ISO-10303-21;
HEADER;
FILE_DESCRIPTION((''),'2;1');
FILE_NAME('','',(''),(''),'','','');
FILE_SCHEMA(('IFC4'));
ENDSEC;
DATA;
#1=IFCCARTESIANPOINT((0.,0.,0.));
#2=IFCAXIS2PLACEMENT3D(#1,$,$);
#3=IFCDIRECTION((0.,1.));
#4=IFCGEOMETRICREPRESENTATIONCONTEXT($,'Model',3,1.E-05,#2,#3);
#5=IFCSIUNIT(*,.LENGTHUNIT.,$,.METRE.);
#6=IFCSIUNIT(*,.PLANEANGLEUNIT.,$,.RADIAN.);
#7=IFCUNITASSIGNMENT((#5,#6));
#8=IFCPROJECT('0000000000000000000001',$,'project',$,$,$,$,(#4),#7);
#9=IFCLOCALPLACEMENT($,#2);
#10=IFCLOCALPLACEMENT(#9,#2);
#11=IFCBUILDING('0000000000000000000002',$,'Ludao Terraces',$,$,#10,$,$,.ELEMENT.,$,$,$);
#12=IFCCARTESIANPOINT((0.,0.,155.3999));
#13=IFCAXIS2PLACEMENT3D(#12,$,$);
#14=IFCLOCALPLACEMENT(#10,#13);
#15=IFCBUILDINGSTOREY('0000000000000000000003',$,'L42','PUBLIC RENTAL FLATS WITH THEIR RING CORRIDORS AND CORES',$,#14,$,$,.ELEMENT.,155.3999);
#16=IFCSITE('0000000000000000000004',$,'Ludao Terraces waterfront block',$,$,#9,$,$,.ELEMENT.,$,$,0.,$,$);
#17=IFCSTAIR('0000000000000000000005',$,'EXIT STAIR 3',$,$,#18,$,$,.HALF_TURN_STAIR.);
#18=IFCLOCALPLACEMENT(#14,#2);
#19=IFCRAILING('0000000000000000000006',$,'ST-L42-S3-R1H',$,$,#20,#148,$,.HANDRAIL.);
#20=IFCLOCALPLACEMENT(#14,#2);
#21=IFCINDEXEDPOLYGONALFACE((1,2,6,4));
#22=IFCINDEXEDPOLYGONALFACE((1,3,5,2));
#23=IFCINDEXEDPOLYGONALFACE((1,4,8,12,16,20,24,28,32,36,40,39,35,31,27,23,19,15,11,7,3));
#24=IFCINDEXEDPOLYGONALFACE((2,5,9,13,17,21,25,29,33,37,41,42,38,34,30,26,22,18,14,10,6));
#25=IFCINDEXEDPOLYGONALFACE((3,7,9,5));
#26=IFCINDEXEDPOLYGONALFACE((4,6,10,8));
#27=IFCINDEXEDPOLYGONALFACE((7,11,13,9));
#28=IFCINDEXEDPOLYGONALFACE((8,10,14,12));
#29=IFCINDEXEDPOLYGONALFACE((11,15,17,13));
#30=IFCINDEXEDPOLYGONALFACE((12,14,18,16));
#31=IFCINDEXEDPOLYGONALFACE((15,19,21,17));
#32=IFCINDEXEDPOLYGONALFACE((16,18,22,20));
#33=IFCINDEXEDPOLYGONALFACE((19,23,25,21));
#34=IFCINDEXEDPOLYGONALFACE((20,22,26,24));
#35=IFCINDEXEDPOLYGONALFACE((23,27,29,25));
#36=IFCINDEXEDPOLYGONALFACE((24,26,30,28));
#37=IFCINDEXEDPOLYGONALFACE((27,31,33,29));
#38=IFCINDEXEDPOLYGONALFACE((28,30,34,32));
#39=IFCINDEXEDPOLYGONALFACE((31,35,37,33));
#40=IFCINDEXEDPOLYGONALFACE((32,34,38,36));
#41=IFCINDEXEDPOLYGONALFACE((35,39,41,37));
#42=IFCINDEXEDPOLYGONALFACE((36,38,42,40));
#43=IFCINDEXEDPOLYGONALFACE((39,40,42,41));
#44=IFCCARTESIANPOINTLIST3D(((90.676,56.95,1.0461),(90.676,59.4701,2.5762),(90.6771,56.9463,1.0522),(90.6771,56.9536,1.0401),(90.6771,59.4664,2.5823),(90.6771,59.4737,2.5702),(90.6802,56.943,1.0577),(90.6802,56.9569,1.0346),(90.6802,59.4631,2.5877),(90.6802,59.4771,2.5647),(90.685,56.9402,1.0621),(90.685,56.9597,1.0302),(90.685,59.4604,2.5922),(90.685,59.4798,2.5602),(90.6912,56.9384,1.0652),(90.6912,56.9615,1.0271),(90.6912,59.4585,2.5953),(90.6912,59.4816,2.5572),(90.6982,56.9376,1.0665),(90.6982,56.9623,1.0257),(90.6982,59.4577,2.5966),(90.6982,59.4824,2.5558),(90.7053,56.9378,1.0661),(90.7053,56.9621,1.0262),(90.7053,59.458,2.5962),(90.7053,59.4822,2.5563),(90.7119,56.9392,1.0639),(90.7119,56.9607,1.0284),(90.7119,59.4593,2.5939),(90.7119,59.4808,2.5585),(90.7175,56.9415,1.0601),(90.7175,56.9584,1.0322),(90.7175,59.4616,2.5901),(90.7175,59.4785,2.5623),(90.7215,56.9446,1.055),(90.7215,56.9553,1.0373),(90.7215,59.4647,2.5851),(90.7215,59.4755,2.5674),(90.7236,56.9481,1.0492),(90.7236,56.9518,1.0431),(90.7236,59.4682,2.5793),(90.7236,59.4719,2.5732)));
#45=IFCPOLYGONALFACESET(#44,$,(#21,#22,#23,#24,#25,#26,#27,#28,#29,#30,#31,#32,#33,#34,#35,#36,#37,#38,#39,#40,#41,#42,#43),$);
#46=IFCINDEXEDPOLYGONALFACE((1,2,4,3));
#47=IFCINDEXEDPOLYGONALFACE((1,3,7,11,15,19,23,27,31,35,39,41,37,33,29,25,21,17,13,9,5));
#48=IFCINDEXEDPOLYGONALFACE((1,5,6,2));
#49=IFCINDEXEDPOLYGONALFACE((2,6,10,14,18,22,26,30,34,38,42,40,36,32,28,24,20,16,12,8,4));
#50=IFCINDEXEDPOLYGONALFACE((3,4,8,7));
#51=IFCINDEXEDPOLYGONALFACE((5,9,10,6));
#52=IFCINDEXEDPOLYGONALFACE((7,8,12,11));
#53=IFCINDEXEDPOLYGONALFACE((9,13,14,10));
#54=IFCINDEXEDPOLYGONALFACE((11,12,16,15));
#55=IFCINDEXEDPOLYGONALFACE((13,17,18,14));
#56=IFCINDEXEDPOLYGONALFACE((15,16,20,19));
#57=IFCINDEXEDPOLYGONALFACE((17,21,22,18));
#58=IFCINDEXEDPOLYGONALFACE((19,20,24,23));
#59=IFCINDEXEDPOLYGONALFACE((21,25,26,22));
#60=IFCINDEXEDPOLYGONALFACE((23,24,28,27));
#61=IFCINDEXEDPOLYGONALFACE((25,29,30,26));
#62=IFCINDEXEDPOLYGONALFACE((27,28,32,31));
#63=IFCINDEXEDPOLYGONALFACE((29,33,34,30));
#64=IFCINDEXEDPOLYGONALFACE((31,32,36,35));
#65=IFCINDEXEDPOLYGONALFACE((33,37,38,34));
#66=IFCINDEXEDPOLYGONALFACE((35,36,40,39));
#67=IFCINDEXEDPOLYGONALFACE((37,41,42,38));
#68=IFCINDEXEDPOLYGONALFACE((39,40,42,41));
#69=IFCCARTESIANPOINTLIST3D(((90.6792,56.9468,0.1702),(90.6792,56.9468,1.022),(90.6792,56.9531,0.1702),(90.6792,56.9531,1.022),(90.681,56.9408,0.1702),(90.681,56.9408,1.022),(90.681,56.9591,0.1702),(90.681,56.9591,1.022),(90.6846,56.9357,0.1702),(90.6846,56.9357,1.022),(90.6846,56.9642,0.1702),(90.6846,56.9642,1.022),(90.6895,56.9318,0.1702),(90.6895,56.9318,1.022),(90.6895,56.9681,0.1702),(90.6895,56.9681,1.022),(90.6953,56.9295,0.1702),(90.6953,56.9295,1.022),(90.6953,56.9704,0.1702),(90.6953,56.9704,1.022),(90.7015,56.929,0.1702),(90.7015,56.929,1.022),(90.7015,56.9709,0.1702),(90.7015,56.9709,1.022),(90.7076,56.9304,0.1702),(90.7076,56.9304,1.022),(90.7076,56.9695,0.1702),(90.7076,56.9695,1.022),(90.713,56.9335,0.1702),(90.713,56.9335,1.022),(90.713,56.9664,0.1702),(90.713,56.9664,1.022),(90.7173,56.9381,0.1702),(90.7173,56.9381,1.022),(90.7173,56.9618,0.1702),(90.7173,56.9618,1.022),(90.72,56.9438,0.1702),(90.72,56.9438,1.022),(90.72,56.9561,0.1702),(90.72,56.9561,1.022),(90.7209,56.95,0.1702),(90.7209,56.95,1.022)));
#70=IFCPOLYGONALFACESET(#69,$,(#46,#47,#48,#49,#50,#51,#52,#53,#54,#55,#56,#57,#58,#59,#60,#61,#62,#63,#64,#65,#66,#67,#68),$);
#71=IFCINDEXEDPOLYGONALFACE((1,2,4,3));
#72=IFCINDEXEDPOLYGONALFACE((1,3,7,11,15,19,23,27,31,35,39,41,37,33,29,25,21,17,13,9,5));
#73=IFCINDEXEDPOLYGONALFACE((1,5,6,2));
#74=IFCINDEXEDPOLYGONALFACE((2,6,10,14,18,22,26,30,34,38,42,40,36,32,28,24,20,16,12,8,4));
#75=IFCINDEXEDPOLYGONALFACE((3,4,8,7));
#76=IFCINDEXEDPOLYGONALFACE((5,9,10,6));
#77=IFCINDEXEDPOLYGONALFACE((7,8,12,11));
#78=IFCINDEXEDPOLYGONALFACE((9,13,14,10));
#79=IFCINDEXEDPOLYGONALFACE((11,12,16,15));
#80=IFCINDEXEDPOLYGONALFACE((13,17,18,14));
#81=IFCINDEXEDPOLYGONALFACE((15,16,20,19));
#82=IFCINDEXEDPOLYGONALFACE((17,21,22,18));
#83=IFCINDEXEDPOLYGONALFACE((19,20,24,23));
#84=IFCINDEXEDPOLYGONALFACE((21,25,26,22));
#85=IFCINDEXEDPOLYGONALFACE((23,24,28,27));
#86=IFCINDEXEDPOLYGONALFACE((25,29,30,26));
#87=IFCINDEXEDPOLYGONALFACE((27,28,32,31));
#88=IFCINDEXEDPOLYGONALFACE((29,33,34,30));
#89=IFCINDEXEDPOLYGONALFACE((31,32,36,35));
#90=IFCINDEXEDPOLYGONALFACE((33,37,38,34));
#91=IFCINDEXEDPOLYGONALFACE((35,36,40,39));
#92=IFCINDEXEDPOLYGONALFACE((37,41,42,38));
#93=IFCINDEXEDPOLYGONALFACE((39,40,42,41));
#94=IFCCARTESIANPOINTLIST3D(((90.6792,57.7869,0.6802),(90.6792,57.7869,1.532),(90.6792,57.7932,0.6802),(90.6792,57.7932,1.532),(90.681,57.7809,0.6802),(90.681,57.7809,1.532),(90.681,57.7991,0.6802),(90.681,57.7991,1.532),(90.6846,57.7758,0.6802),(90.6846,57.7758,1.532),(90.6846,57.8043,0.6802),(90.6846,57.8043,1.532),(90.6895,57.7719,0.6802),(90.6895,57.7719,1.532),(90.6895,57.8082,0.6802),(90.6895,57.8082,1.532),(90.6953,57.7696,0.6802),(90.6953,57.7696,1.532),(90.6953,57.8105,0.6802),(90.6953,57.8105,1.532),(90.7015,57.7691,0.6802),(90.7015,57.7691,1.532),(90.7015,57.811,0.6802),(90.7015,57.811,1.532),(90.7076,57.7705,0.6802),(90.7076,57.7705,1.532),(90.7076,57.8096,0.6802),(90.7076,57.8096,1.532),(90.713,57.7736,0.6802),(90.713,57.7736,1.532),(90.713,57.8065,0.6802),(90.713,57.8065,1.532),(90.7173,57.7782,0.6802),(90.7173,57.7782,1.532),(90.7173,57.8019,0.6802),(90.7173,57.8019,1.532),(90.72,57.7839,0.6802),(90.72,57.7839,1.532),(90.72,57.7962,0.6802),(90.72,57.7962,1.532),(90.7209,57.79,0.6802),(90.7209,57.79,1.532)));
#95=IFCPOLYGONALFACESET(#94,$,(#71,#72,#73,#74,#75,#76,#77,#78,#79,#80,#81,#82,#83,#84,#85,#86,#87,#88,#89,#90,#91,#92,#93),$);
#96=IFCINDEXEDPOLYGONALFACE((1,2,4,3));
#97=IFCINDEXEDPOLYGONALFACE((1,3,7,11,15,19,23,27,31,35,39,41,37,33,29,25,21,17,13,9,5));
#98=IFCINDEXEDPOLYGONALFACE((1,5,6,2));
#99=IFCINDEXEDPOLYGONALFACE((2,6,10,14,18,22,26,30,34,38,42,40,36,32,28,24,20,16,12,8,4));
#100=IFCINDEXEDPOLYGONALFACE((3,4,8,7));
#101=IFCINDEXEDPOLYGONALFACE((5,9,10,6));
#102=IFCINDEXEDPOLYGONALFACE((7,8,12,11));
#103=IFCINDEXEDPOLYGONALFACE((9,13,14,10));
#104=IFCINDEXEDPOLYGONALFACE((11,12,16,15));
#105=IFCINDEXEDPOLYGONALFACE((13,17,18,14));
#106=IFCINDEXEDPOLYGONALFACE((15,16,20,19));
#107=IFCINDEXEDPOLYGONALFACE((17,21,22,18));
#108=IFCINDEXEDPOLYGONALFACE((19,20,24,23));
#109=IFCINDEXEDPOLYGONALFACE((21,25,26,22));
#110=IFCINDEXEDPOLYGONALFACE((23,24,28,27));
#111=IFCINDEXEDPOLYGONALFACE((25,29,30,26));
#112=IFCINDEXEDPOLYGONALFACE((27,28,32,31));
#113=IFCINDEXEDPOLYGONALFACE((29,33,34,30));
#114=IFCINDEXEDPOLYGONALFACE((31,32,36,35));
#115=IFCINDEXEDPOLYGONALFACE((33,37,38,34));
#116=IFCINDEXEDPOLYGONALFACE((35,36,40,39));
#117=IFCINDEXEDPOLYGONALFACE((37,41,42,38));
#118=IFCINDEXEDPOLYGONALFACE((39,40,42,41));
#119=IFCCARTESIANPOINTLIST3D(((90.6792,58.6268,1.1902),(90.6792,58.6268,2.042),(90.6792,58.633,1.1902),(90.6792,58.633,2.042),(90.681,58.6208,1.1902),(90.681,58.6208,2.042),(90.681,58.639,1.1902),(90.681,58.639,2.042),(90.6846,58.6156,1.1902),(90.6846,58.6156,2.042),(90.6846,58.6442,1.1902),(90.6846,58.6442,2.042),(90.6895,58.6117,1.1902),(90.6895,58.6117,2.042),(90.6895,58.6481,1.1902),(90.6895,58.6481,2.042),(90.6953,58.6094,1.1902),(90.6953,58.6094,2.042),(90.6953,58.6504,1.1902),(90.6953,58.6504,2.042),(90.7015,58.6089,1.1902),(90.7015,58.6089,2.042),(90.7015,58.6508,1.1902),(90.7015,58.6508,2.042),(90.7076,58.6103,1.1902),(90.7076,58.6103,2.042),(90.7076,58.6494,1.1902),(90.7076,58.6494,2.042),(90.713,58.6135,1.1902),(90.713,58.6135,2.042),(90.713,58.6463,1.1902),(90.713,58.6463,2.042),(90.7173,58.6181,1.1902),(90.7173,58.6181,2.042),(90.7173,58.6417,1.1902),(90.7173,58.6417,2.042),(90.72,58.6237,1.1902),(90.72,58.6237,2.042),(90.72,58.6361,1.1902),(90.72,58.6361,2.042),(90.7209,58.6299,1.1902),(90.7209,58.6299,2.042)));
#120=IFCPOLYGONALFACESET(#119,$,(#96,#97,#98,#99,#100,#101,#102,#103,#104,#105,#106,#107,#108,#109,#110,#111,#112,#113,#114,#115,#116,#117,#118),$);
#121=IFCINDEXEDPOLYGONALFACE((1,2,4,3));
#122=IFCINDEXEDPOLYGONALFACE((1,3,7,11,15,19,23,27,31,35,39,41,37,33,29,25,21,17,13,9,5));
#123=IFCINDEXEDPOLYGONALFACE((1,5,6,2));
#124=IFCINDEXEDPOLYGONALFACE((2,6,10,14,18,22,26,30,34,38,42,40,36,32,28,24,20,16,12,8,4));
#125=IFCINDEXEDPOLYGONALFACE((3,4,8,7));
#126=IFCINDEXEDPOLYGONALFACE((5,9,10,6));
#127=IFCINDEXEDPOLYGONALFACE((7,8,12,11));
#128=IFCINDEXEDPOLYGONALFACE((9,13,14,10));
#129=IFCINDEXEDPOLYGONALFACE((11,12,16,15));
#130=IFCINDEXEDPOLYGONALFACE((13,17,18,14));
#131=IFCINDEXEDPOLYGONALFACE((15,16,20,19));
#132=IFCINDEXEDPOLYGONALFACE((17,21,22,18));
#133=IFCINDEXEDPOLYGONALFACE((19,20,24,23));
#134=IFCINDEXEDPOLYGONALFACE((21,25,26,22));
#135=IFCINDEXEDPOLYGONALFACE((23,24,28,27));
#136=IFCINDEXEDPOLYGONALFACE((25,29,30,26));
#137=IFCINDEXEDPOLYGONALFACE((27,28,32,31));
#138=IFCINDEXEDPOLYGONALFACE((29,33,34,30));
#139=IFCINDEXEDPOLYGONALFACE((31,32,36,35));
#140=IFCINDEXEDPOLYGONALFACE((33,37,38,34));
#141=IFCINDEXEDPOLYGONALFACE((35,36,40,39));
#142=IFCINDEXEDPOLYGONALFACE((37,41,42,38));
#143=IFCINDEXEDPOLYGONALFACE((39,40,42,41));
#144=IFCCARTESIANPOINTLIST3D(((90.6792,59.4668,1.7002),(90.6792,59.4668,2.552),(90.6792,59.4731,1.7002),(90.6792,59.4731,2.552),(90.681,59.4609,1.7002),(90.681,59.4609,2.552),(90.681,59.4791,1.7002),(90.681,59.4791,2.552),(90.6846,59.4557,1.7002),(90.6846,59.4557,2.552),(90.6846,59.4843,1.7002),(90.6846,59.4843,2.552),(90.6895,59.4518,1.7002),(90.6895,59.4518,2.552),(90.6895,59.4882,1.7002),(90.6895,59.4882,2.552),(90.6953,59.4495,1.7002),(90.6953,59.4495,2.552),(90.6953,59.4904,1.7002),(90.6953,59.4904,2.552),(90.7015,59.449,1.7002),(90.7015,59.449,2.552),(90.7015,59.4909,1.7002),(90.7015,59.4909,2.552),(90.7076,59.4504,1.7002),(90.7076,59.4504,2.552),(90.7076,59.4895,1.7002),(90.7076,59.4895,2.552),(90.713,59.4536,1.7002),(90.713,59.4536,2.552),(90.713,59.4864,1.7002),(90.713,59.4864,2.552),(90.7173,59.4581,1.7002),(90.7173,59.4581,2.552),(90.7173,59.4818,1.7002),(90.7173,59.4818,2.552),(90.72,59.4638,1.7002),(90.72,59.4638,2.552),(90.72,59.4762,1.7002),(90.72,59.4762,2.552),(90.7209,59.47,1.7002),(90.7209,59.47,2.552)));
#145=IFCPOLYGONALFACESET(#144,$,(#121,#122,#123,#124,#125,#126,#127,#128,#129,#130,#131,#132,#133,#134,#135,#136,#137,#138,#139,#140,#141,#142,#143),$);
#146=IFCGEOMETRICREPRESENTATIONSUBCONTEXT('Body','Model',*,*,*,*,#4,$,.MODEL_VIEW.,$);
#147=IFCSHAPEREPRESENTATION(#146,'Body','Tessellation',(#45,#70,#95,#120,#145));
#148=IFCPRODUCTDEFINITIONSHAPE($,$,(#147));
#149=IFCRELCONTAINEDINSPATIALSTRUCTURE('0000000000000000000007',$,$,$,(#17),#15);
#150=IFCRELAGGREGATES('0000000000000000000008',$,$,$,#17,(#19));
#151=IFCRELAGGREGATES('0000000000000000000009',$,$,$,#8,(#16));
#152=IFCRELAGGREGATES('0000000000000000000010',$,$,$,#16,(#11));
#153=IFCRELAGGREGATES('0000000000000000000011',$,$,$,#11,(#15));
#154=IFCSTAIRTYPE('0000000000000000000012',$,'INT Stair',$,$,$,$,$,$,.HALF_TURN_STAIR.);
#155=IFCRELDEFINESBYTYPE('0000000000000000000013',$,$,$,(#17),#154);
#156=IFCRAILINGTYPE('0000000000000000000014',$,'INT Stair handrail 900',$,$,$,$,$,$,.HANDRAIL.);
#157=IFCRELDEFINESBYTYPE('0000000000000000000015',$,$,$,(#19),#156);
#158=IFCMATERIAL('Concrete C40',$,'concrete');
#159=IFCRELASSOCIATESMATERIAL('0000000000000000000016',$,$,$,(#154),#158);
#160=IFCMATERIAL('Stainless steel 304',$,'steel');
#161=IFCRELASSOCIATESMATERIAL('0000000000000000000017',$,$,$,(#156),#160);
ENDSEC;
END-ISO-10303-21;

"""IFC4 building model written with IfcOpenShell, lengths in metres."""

from ifc_helpers import new_model, si_unit, direction, frame, origin, origin_2d, place, context, subcontext, project, spatial, circle, extrude, material, type_object, element, aggregate, save


model = new_model("IFC4")

# Units and contexts
model_context = context("Model", 3, precision=1e-05, world=origin(), true_north=direction((0.0, 1.0)))
body_context = subcontext(model_context, "Body", "Model", "MODEL_VIEW")
ifc_project = project(units=[si_unit("LENGTHUNIT", "METRE"), si_unit("PLANEANGLEUNIT", "RADIAN")], contexts=[model_context])

# Site, building, storey
site_placement = place(None, origin())
site = spatial("IfcSite", under=ifc_project, at=site_placement, Name="Ludao Terraces waterfront block", CompositionType="ELEMENT", RefElevation=0.0)
building_placement = place(site_placement, origin())
building = spatial("IfcBuilding", under=site, at=building_placement, Name="Ludao Terraces", CompositionType="ELEMENT")
storey_placement = place(building_placement, frame((0.0, 0.0, 155.3999)))
storey = spatial("IfcBuildingStorey", under=building, at=storey_placement, Name="L42", Description="PUBLIC RENTAL FLATS WITH THEIR RING CORRIDORS AND CORES", CompositionType="ELEMENT", Elevation=155.3999)

# Shared definitions
ifc_material_1 = material(Name="Concrete C40", Category="concrete")

# Stair, railing
stair_type = type_object("IfcStairType", Name="INT Stair", PredefinedType="HALF_TURN_STAIR", material=ifc_material_1)
stair_placement = place(storey_placement, origin())
stair = element("IfcStair", 1, at=stair_placement, inside=storey, type_object=stair_type, Name="EXIT STAIR 3", PredefinedType="HALF_TURN_STAIR")
ifc_material_2 = material(Name="Stainless steel 304", Category="steel")
railing_type_1 = type_object("IfcRailingType", Name="INT Stair handrail 900", PredefinedType="HANDRAIL", material=ifc_material_2)
railing_1_placement = place(storey_placement, frame((90.7, 56.95, 0.1702)))
railing_1 = element("IfcRailing", 2, at=railing_1_placement, type_object=railing_type_1, Name="ST-L42-S3-R1H", PredefinedType="HANDRAIL", context=body_context, shape_type="SweptSolid", body=[
    extrude(circle(Radius=0.0239, at=origin_2d()), frame((0.0, 0.0, 0.876), z_axis=(0.0, 0.854785, 0.518982), x_axis=(-1.0, 0.0, 0.0)), (0.0, 0.0, 1.0), 2.9482),
    extrude(circle(Radius=0.021, at=origin_2d()), origin(), (0.0, 0.0, 1.0), 0.8518),
    extrude(circle(Radius=0.021, at=origin_2d()), frame((0.0, 0.8401, 0.51)), (0.0, 0.0, 1.0), 0.8518),
    extrude(circle(Radius=0.021, at=origin_2d()), frame((0.0, 1.6799, 1.02)), (0.0, 0.0, 1.0), 0.8518),
    extrude(circle(Radius=0.021, at=origin_2d()), frame((0.0, 2.52, 1.53)), (0.0, 0.0, 1.0), 0.8518),
])
aggregate(stair, [railing_1])

save(model, "model.ifc")
